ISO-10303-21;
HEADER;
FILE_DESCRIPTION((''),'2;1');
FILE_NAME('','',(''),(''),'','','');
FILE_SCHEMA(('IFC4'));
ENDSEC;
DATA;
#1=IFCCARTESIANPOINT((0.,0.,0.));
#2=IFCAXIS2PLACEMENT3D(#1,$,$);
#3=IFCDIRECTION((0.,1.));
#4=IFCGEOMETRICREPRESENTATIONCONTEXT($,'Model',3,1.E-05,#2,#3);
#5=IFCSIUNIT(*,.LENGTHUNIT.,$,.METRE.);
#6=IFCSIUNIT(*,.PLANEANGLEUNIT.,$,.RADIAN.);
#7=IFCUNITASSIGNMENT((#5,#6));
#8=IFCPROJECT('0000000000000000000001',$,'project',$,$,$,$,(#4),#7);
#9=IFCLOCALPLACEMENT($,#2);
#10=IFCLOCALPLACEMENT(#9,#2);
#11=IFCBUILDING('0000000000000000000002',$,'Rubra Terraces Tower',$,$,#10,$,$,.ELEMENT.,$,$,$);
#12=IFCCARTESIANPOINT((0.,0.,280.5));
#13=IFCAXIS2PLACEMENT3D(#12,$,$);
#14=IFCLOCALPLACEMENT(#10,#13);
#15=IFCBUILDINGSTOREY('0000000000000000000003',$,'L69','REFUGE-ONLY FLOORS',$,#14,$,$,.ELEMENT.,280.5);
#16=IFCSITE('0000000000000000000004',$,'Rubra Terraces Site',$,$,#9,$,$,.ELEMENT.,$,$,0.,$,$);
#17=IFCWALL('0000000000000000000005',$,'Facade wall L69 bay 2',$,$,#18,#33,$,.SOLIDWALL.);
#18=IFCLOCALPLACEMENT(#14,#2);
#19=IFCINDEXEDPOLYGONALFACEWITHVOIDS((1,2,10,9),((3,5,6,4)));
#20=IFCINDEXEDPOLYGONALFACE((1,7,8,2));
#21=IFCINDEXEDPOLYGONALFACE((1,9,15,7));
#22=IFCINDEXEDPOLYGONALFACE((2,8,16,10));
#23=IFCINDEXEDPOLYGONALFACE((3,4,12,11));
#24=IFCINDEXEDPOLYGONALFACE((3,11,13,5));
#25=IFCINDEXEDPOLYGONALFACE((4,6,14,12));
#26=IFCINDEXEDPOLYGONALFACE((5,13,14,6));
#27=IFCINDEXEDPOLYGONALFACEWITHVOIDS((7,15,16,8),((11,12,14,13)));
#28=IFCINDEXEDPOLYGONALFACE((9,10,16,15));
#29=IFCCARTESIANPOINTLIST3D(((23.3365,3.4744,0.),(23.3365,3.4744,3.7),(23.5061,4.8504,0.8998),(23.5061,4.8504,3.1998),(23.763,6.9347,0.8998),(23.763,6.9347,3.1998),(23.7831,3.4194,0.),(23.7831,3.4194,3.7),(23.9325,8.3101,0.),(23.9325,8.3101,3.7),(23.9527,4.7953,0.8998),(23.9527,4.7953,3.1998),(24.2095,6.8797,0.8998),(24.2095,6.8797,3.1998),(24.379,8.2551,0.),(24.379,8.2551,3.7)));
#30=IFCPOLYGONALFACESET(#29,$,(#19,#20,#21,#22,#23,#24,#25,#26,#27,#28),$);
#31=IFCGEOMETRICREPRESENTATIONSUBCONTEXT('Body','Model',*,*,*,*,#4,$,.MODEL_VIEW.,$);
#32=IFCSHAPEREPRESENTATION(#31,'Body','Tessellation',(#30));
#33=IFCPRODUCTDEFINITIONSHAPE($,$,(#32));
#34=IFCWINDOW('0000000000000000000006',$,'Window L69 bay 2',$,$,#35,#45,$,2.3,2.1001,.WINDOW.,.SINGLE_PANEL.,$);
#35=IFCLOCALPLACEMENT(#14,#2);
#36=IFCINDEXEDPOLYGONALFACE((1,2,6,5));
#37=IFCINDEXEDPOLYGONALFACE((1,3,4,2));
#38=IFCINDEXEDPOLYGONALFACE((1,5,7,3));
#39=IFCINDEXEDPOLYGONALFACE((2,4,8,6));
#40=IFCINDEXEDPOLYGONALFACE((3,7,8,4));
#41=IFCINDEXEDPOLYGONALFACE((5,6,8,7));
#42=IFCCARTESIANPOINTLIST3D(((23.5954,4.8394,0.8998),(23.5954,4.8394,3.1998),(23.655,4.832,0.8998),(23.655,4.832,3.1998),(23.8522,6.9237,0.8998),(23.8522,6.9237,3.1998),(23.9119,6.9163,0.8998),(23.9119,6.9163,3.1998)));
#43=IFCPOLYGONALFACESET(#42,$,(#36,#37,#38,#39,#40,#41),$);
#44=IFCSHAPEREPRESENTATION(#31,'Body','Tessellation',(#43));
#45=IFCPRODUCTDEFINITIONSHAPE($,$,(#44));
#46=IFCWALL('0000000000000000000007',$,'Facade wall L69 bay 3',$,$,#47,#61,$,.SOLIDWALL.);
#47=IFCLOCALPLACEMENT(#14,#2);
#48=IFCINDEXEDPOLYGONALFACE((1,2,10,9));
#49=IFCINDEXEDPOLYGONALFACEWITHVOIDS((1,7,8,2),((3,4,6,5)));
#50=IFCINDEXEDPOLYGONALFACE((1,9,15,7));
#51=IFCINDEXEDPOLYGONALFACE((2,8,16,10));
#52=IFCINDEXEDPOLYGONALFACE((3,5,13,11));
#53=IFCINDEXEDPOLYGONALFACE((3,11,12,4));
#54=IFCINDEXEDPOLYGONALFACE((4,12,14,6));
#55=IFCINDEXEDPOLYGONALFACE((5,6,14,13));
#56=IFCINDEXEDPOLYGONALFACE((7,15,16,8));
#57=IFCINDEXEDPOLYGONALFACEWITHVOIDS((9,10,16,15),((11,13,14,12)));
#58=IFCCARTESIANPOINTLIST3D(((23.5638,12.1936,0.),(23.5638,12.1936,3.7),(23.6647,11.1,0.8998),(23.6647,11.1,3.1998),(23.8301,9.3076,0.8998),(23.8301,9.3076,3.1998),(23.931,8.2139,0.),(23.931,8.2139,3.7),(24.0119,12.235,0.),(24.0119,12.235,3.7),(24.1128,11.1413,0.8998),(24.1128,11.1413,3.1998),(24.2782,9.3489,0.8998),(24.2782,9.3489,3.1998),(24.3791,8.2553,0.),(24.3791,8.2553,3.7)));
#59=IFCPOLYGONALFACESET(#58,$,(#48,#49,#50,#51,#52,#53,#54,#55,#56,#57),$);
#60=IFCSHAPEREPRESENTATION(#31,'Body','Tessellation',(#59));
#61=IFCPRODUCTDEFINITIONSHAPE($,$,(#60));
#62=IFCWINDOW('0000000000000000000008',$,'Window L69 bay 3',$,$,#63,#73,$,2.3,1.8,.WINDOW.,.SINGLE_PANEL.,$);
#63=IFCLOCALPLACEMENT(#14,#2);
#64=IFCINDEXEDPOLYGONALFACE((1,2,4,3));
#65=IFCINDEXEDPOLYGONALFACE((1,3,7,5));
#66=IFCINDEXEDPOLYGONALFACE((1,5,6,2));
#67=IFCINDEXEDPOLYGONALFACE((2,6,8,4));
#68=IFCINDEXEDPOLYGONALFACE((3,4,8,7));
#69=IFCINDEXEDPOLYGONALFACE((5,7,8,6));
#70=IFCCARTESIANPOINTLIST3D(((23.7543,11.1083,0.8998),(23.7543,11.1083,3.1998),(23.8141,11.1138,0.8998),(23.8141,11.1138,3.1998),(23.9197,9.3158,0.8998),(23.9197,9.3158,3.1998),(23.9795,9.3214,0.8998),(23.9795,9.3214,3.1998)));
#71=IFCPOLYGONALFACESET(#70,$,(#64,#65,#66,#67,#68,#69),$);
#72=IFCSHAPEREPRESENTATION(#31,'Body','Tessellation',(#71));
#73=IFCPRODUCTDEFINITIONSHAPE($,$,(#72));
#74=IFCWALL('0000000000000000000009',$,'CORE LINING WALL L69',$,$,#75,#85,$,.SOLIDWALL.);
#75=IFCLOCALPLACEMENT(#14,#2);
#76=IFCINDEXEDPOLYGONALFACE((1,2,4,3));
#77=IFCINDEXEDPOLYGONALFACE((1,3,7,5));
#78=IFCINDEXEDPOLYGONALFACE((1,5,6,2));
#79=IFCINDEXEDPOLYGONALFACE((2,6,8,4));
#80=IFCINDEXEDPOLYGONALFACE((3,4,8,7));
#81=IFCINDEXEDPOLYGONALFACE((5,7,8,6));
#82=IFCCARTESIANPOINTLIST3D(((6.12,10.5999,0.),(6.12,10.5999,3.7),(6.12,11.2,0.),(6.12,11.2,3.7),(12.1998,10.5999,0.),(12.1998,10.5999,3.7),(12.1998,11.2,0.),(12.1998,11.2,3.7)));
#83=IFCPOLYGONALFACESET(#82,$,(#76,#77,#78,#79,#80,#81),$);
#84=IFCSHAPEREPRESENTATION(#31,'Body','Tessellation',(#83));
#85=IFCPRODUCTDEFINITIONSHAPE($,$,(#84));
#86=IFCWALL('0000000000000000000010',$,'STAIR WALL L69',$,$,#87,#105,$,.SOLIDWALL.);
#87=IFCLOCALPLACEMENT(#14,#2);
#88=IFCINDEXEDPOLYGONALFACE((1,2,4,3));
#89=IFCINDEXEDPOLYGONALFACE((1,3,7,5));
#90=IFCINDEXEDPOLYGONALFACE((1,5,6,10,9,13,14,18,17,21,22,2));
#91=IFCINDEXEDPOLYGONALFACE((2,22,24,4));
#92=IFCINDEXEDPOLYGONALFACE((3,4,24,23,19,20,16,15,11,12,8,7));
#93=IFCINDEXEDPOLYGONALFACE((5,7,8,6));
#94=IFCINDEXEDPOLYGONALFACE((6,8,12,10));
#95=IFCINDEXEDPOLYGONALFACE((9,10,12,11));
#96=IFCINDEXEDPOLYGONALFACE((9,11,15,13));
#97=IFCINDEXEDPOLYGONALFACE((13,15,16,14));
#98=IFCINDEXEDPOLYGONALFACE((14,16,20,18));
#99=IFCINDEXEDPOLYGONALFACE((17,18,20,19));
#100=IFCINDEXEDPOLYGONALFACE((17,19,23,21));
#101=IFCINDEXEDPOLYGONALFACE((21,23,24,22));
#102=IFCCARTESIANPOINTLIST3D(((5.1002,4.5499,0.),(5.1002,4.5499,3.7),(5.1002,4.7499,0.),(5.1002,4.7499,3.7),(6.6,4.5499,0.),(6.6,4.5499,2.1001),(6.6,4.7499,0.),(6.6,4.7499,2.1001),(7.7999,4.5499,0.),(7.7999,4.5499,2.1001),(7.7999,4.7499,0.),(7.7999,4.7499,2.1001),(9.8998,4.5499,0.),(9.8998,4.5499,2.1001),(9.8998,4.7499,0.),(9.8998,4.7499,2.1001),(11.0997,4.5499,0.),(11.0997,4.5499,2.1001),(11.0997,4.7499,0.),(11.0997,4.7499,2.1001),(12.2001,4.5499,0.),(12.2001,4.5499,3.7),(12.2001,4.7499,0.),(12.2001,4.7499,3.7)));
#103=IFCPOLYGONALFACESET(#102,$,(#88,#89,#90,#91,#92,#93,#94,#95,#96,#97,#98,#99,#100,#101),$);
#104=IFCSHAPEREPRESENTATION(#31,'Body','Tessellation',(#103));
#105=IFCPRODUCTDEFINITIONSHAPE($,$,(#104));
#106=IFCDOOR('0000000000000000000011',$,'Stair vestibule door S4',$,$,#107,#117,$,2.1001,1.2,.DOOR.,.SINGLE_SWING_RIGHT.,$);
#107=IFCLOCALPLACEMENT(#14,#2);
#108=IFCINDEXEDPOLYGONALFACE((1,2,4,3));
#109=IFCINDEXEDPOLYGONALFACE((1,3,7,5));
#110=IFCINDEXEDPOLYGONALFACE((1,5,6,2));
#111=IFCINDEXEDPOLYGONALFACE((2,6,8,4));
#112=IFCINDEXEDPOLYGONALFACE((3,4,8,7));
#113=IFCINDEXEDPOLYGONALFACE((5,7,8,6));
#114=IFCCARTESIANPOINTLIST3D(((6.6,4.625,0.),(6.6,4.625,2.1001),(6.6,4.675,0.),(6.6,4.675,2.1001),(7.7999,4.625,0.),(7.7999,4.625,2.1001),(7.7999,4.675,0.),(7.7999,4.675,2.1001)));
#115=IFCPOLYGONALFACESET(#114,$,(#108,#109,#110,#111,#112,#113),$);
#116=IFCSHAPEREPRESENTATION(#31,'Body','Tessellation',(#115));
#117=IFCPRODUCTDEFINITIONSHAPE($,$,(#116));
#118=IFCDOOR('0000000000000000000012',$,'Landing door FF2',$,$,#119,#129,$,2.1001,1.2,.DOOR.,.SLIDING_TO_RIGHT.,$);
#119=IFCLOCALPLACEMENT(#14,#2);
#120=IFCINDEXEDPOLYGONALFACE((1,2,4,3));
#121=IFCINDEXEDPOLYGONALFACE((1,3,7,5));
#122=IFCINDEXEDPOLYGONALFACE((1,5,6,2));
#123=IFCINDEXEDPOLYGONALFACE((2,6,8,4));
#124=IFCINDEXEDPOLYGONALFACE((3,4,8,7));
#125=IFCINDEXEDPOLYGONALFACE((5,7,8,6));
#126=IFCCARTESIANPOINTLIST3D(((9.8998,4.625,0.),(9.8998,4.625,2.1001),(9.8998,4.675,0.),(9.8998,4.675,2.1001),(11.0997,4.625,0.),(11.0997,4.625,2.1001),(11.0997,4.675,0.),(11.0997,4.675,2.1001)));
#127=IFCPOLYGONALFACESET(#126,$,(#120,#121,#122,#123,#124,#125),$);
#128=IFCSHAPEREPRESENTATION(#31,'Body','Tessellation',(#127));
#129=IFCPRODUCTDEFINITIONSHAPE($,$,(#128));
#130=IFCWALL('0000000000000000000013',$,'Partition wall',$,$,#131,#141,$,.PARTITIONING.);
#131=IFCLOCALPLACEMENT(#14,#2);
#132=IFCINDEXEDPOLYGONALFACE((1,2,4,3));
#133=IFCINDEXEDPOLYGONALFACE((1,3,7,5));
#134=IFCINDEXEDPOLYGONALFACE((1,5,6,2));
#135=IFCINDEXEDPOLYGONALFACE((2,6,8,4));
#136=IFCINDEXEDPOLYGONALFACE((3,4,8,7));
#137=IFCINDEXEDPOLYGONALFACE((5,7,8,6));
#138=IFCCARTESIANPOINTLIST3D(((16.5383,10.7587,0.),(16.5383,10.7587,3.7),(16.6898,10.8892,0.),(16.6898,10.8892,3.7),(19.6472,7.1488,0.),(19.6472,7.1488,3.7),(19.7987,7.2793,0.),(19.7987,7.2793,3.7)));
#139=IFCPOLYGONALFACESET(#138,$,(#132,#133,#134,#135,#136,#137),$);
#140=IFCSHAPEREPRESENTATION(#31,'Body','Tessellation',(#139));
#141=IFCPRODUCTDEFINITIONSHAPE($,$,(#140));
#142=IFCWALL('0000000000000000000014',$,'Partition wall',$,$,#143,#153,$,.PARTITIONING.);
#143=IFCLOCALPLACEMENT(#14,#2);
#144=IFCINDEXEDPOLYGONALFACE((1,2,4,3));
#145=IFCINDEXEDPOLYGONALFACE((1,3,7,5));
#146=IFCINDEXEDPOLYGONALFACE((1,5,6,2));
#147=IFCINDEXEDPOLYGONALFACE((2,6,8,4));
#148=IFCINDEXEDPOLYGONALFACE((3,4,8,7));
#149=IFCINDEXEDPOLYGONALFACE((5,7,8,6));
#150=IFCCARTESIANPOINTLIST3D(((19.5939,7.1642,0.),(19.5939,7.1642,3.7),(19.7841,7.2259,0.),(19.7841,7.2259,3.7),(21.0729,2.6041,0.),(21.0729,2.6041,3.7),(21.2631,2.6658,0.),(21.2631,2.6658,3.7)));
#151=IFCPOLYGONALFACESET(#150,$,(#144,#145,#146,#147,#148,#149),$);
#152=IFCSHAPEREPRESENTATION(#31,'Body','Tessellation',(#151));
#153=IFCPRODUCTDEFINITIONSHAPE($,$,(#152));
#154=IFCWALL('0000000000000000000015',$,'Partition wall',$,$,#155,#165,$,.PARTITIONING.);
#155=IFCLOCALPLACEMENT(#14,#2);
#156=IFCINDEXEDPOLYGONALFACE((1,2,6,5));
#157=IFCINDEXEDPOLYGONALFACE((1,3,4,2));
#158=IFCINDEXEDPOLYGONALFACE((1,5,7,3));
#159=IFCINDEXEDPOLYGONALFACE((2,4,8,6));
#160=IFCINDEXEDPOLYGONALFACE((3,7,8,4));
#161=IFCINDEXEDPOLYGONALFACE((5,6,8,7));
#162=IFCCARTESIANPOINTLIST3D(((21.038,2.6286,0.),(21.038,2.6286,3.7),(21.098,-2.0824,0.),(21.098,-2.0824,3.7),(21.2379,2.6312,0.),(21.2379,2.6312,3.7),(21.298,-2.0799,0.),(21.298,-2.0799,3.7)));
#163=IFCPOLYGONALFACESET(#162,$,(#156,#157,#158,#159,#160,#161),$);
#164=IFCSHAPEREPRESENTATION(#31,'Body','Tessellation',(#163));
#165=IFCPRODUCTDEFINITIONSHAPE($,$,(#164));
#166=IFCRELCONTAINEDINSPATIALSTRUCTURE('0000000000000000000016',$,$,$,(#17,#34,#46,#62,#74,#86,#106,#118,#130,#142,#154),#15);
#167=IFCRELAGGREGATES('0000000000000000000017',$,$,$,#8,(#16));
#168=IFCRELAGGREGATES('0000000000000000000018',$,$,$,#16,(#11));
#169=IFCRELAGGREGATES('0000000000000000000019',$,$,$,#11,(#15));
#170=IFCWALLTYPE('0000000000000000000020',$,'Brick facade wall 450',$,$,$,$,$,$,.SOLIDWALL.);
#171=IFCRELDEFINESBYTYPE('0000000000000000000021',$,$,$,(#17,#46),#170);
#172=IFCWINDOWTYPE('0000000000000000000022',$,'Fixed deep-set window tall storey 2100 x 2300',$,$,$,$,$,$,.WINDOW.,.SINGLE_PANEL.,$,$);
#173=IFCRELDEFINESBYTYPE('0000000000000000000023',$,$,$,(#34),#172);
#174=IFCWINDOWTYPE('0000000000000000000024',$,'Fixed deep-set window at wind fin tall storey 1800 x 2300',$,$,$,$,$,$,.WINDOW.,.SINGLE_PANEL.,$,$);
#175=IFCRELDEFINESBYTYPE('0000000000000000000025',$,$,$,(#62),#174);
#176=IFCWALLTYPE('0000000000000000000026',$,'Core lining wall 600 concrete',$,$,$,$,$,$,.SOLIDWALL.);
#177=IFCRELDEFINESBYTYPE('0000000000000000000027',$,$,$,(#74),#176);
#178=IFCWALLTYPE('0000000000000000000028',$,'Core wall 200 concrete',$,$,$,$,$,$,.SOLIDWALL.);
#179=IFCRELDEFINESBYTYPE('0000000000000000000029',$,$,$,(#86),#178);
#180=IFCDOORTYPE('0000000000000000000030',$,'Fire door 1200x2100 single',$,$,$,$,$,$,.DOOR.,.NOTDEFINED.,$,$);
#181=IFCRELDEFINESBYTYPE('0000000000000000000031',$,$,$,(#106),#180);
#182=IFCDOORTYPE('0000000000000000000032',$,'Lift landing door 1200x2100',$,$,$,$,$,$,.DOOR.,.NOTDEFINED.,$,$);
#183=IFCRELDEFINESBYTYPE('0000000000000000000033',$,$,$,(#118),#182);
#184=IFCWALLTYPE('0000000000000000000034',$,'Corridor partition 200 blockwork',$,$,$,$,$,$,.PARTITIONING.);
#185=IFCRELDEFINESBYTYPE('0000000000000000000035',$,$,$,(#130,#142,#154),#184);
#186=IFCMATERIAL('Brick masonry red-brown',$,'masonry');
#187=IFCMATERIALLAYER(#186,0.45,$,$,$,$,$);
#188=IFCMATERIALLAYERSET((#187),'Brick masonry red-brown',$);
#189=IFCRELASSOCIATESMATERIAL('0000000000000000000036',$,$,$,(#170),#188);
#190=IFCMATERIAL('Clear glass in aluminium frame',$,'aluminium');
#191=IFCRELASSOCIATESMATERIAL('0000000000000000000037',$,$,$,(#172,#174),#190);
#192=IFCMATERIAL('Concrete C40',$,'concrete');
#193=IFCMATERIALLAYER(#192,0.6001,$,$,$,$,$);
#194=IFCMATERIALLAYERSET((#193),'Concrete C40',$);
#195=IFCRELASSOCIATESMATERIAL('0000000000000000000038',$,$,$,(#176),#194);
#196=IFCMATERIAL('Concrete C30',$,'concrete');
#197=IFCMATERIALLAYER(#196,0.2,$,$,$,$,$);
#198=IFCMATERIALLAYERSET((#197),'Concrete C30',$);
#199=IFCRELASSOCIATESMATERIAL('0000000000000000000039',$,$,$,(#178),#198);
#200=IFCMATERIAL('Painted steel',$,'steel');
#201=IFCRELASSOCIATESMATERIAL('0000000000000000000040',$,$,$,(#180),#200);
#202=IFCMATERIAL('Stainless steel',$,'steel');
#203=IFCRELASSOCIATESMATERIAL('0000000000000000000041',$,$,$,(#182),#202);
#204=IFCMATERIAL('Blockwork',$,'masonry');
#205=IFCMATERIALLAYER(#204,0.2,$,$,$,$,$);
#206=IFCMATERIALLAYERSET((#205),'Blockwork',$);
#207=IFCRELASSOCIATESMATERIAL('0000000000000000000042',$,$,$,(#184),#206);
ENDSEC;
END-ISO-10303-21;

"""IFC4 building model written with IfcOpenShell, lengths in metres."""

from ifc_helpers import new_model, si_unit, direction, frame, frame_2d, origin, place, context, subcontext, project, spatial, rectangle, extrude, material, layer, layer_set, type_object, element, fill, save


model = new_model("IFC4")

# Units and contexts
model_context = context("Model", 3, precision=1e-05, world=origin(), true_north=direction((0.0, 1.0)))
body_context = subcontext(model_context, "Body", "Model", "MODEL_VIEW")
ifc_project = project(units=[si_unit("LENGTHUNIT", "METRE"), si_unit("PLANEANGLEUNIT", "RADIAN")], contexts=[model_context])

# Site, building, storey
site_placement = place(None, origin())
site = spatial("IfcSite", under=ifc_project, at=site_placement, Name="Rubra Terraces Site", CompositionType="ELEMENT", RefElevation=0.0)
building_placement = place(site_placement, origin())
building = spatial("IfcBuilding", under=site, at=building_placement, Name="Rubra Terraces Tower", CompositionType="ELEMENT")
storey_placement = place(building_placement, frame((0.0, 0.0, 280.5)))
storey = spatial("IfcBuildingStorey", under=building, at=storey_placement, Name="L69", Description="REFUGE-ONLY FLOORS", CompositionType="ELEMENT", Elevation=280.5)

# Walls, openings, windows
ifc_material_1 = material(Name="Brick masonry red-brown", Category="masonry")
ifc_layer_1 = layer(ifc_material_1, 0.45)
ifc_layer_set_1 = layer_set([ifc_layer_1], Name="Brick masonry red-brown")
wall_type_1 = type_object("IfcWallType", Name="Brick facade wall 450", PredefinedType="SOLIDWALL", material=ifc_layer_set_1)
wall_1_placement = place(storey_placement, frame((23.5598, 3.447, 0.0), z_axis=(0.0, 0.0, 1.0), x_axis=(0.122314, 0.992491, 0.0)))
wall_1 = element("IfcWall", 1, at=wall_1_placement, inside=storey, type_object=wall_type_1, Name="Facade wall L69 bay 2", PredefinedType="SOLIDWALL", context=body_context, shape_type="SweptSolid", body=[
    extrude(rectangle(XDim=4.8723, YDim=0.45, at=frame_2d((2.436, 0.0))), origin(), (0.0, 0.0, 1.0), 3.7),
])
opening_1_placement = place(wall_1_placement, frame((1.3862, 0.0, 0.8999)))
opening_1 = element("IfcOpeningElement", 2, at=opening_1_placement, cuts=wall_1, PredefinedType="OPENING", context=body_context, shape_type="SweptSolid", body=[
    extrude(rectangle(XDim=2.1001, YDim=2.3, at=frame_2d((1.05, 1.1499))), frame((0.0, 0.2349, 0.0), z_axis=(0.0, -1.0, 0.0), x_axis=(1.0, 0.0, 0.0)), (0.0, 0.0, 1.0), 0.47),
])
ifc_material_2 = material(Name="Clear glass in aluminium frame", Category="aluminium")
window_type_1 = type_object("IfcWindowType", Name="Fixed deep-set window tall storey 2100 x 2300", PartitioningType="SINGLE_PANEL", PredefinedType="WINDOW", material=ifc_material_2)
window_1_placement = place(opening_1_placement, origin())
window_1 = element("IfcWindow", 3, at=window_1_placement, inside=storey, type_object=window_type_1, Name="Window L69 bay 2", OverallHeight=2.3, OverallWidth=2.1001, PartitioningType="SINGLE_PANEL", PredefinedType="WINDOW", context=body_context, shape_type="SweptSolid", body=[
    extrude(rectangle(XDim=2.1001, YDim=2.3, at=frame_2d((1.05, 1.1499))), frame((0.0, 0.135, 0.0), z_axis=(0.0, -1.0, 0.0), x_axis=(1.0, 0.0, 0.0)), (0.0, 0.0, 1.0), 0.0601),
])
fill(opening_1, window_1)
wall_2_placement = place(storey_placement, frame((24.155, 8.2346, 0.0), z_axis=(0.0, 0.0, 1.0), x_axis=(-0.091874, 0.995771, 0.0)))
wall_2 = element("IfcWall", 4, at=wall_2_placement, inside=storey, type_object=wall_type_1, Name="Facade wall L69 bay 3", PredefinedType="SOLIDWALL", context=body_context, shape_type="SweptSolid", body=[
    extrude(rectangle(XDim=3.9966, YDim=0.45, at=frame_2d((1.9983, 0.0))), origin(), (0.0, 0.0, 1.0), 3.7),
])
opening_2_placement = place(wall_2_placement, frame((1.0984, 0.0, 0.8999)))
opening_2 = element("IfcOpeningElement", 5, at=opening_2_placement, cuts=wall_2, PredefinedType="OPENING", context=body_context, shape_type="SweptSolid", body=[
    extrude(rectangle(XDim=1.8, YDim=2.3, at=frame_2d((0.8999, 1.1499))), frame((0.0, 0.2349, 0.0), z_axis=(0.0, -1.0, 0.0), x_axis=(1.0, 0.0, 0.0)), (0.0, 0.0, 1.0), 0.47),
])
window_type_2 = type_object("IfcWindowType", Name="Fixed deep-set window at wind fin tall storey 1800 x 2300", PartitioningType="SINGLE_PANEL", PredefinedType="WINDOW", material=ifc_material_2)
window_2_placement = place(opening_2_placement, origin())
window_2 = element("IfcWindow", 6, at=window_2_placement, inside=storey, type_object=window_type_2, Name="Window L69 bay 3", OverallHeight=2.3, OverallWidth=1.8, PartitioningType="SINGLE_PANEL", PredefinedType="WINDOW", context=body_context, shape_type="SweptSolid", body=[
    extrude(rectangle(XDim=1.8, YDim=2.3, at=frame_2d((0.8999, 1.1499))), frame((0.0, 0.135, 0.0), z_axis=(0.0, -1.0, 0.0), x_axis=(1.0, 0.0, 0.0)), (0.0, 0.0, 1.0), 0.0601),
])
fill(opening_2, window_2)

# Wall
ifc_material_3 = material(Name="Concrete C40", Category="concrete")
ifc_layer_2 = layer(ifc_material_3, 0.6001)
ifc_layer_set_2 = layer_set([ifc_layer_2], Name="Concrete C40")
wall_type_2 = type_object("IfcWallType", Name="Core lining wall 600 concrete", PredefinedType="SOLIDWALL", material=ifc_layer_set_2)
wall_3_placement = place(storey_placement, frame((12.2, 10.8999, 0.0), z_axis=(0.0, 0.0, 1.0), x_axis=(-1.0, 0.0, 0.0)))
element("IfcWall", 7, at=wall_3_placement, inside=storey, type_object=wall_type_2, Name="CORE LINING WALL L69", PredefinedType="SOLIDWALL", context=body_context, shape_type="SweptSolid", body=[
    extrude(rectangle(XDim=6.0798, YDim=0.6001, at=frame_2d((3.04, 0.0))), origin(), (0.0, 0.0, 1.0), 3.7),
])

# Wall, openings, doors
ifc_material_4 = material(Name="Concrete C30", Category="concrete")
ifc_layer_3 = layer(ifc_material_4, 0.2)
ifc_layer_set_3 = layer_set([ifc_layer_3], Name="Concrete C30")
wall_type_3 = type_object("IfcWallType", Name="Core wall 200 concrete", PredefinedType="SOLIDWALL", material=ifc_layer_set_3)
wall_4_placement = place(storey_placement, frame((12.2, 4.6499, 0.0), z_axis=(0.0, 0.0, 1.0), x_axis=(-1.0, 0.0, 0.0)))
wall_4 = element("IfcWall", 8, at=wall_4_placement, inside=storey, type_object=wall_type_3, Name="STAIR WALL L69", PredefinedType="SOLIDWALL", context=body_context, shape_type="SweptSolid", body=[
    extrude(rectangle(XDim=7.0999, YDim=0.2, at=frame_2d((3.5498, 0.0))), origin(), (0.0, 0.0, 1.0), 3.7),
])
opening_3_placement = place(wall_4_placement, frame((4.3999, 0.0, 0.0)))
opening_3 = element("IfcOpeningElement", 9, at=opening_3_placement, cuts=wall_4, PredefinedType="OPENING", context=body_context, shape_type="SweptSolid", body=[
    extrude(rectangle(XDim=1.2, YDim=2.1001, at=frame_2d((0.6001, 1.05))), frame((0.0, 0.1099, 0.0), z_axis=(0.0, -1.0, 0.0), x_axis=(1.0, 0.0, 0.0)), (0.0, 0.0, 1.0), 0.22),
])
opening_4_placement = place(wall_4_placement, frame((1.1001, 0.0, 0.0)))
opening_4 = element("IfcOpeningElement", 10, at=opening_4_placement, cuts=wall_4, PredefinedType="OPENING", context=body_context, shape_type="SweptSolid", body=[
    extrude(rectangle(XDim=1.2, YDim=2.1001, at=frame_2d((0.6001, 1.05))), frame((0.0, 0.1099, 0.0), z_axis=(0.0, -1.0, 0.0), x_axis=(1.0, 0.0, 0.0)), (0.0, 0.0, 1.0), 0.22),
])
ifc_material_5 = material(Name="Painted steel", Category="steel")
door_type_1 = type_object("IfcDoorType", Name="Fire door 1200x2100 single", OperationType="NOTDEFINED", PredefinedType="DOOR", material=ifc_material_5)
door_1_placement = place(opening_3_placement, origin())
door_1 = element("IfcDoor", 11, at=door_1_placement, inside=storey, type_object=door_type_1, Name="Stair vestibule door S4", OperationType="SINGLE_SWING_RIGHT", OverallHeight=2.1001, OverallWidth=1.2, PredefinedType="DOOR", context=body_context, shape_type="SweptSolid", body=[
    extrude(rectangle(XDim=1.2, YDim=2.1001, at=frame_2d((0.6001, 1.05))), frame((0.0, 0.0249, 0.0), z_axis=(0.0, -1.0, 0.0), x_axis=(1.0, 0.0, 0.0)), (0.0, 0.0, 1.0), 0.05),
])
fill(opening_3, door_1)
ifc_material_6 = material(Name="Stainless steel", Category="steel")
door_type_2 = type_object("IfcDoorType", Name="Lift landing door 1200x2100", OperationType="NOTDEFINED", PredefinedType="DOOR", material=ifc_material_6)
door_2_placement = place(opening_4_placement, origin())
door_2 = element("IfcDoor", 12, at=door_2_placement, inside=storey, type_object=door_type_2, Name="Landing door FF2", OperationType="SLIDING_TO_RIGHT", OverallHeight=2.1001, OverallWidth=1.2, PredefinedType="DOOR", context=body_context, shape_type="SweptSolid", body=[
    extrude(rectangle(XDim=1.2, YDim=2.1001, at=frame_2d((0.6001, 1.05))), frame((0.0, 0.0249, 0.0), z_axis=(0.0, -1.0, 0.0), x_axis=(1.0, 0.0, 0.0)), (0.0, 0.0, 1.0), 0.05),
])
fill(opening_4, door_2)

# Walls
ifc_material_7 = material(Name="Blockwork", Category="masonry")
ifc_layer_4 = layer(ifc_material_7, 0.2)
ifc_layer_set_4 = layer_set([ifc_layer_4], Name="Blockwork")
wall_type_4 = type_object("IfcWallType", Name="Corridor partition 200 blockwork", PredefinedType="PARTITIONING", material=ifc_layer_set_4)
wall_5_placement = place(storey_placement, frame((16.614, 10.824, 0.0), z_axis=(0.0, 0.0, 1.0), x_axis=(0.652571, -0.757728, 0.0)))
element("IfcWall", 13, at=wall_5_placement, inside=storey, type_object=wall_type_4, Name="Partition wall", PredefinedType="PARTITIONING", context=body_context, shape_type="SweptSolid", body=[
    extrude(rectangle(XDim=4.7642, YDim=0.2, at=frame_2d((2.3821, 0.0))), origin(), (0.0, 0.0, 1.0), 3.7),
])
wall_6_placement = place(storey_placement, frame((19.689, 7.1951, 0.0), z_axis=(0.0, 0.0, 1.0), x_axis=(0.308517, -0.951219, 0.0)))
element("IfcWall", 14, at=wall_6_placement, inside=storey, type_object=wall_type_4, Name="Partition wall", PredefinedType="PARTITIONING", context=body_context, shape_type="SweptSolid", body=[
    extrude(rectangle(XDim=4.7939, YDim=0.2, at=frame_2d((2.397, 0.0))), origin(), (0.0, 0.0, 1.0), 3.7),
])
wall_7_placement = place(storey_placement, frame((21.1379, 2.6299, 0.0), z_axis=(0.0, 0.0, 1.0), x_axis=(0.012748, -0.999919, 0.0)))
element("IfcWall", 15, at=wall_7_placement, inside=storey, type_object=wall_type_4, Name="Partition wall", PredefinedType="PARTITIONING", context=body_context, shape_type="SweptSolid", body=[
    extrude(rectangle(XDim=4.7114, YDim=0.2, at=frame_2d((2.3557, 0.0))), origin(), (0.0, 0.0, 1.0), 3.7),
])

save(model, "model.ifc")
